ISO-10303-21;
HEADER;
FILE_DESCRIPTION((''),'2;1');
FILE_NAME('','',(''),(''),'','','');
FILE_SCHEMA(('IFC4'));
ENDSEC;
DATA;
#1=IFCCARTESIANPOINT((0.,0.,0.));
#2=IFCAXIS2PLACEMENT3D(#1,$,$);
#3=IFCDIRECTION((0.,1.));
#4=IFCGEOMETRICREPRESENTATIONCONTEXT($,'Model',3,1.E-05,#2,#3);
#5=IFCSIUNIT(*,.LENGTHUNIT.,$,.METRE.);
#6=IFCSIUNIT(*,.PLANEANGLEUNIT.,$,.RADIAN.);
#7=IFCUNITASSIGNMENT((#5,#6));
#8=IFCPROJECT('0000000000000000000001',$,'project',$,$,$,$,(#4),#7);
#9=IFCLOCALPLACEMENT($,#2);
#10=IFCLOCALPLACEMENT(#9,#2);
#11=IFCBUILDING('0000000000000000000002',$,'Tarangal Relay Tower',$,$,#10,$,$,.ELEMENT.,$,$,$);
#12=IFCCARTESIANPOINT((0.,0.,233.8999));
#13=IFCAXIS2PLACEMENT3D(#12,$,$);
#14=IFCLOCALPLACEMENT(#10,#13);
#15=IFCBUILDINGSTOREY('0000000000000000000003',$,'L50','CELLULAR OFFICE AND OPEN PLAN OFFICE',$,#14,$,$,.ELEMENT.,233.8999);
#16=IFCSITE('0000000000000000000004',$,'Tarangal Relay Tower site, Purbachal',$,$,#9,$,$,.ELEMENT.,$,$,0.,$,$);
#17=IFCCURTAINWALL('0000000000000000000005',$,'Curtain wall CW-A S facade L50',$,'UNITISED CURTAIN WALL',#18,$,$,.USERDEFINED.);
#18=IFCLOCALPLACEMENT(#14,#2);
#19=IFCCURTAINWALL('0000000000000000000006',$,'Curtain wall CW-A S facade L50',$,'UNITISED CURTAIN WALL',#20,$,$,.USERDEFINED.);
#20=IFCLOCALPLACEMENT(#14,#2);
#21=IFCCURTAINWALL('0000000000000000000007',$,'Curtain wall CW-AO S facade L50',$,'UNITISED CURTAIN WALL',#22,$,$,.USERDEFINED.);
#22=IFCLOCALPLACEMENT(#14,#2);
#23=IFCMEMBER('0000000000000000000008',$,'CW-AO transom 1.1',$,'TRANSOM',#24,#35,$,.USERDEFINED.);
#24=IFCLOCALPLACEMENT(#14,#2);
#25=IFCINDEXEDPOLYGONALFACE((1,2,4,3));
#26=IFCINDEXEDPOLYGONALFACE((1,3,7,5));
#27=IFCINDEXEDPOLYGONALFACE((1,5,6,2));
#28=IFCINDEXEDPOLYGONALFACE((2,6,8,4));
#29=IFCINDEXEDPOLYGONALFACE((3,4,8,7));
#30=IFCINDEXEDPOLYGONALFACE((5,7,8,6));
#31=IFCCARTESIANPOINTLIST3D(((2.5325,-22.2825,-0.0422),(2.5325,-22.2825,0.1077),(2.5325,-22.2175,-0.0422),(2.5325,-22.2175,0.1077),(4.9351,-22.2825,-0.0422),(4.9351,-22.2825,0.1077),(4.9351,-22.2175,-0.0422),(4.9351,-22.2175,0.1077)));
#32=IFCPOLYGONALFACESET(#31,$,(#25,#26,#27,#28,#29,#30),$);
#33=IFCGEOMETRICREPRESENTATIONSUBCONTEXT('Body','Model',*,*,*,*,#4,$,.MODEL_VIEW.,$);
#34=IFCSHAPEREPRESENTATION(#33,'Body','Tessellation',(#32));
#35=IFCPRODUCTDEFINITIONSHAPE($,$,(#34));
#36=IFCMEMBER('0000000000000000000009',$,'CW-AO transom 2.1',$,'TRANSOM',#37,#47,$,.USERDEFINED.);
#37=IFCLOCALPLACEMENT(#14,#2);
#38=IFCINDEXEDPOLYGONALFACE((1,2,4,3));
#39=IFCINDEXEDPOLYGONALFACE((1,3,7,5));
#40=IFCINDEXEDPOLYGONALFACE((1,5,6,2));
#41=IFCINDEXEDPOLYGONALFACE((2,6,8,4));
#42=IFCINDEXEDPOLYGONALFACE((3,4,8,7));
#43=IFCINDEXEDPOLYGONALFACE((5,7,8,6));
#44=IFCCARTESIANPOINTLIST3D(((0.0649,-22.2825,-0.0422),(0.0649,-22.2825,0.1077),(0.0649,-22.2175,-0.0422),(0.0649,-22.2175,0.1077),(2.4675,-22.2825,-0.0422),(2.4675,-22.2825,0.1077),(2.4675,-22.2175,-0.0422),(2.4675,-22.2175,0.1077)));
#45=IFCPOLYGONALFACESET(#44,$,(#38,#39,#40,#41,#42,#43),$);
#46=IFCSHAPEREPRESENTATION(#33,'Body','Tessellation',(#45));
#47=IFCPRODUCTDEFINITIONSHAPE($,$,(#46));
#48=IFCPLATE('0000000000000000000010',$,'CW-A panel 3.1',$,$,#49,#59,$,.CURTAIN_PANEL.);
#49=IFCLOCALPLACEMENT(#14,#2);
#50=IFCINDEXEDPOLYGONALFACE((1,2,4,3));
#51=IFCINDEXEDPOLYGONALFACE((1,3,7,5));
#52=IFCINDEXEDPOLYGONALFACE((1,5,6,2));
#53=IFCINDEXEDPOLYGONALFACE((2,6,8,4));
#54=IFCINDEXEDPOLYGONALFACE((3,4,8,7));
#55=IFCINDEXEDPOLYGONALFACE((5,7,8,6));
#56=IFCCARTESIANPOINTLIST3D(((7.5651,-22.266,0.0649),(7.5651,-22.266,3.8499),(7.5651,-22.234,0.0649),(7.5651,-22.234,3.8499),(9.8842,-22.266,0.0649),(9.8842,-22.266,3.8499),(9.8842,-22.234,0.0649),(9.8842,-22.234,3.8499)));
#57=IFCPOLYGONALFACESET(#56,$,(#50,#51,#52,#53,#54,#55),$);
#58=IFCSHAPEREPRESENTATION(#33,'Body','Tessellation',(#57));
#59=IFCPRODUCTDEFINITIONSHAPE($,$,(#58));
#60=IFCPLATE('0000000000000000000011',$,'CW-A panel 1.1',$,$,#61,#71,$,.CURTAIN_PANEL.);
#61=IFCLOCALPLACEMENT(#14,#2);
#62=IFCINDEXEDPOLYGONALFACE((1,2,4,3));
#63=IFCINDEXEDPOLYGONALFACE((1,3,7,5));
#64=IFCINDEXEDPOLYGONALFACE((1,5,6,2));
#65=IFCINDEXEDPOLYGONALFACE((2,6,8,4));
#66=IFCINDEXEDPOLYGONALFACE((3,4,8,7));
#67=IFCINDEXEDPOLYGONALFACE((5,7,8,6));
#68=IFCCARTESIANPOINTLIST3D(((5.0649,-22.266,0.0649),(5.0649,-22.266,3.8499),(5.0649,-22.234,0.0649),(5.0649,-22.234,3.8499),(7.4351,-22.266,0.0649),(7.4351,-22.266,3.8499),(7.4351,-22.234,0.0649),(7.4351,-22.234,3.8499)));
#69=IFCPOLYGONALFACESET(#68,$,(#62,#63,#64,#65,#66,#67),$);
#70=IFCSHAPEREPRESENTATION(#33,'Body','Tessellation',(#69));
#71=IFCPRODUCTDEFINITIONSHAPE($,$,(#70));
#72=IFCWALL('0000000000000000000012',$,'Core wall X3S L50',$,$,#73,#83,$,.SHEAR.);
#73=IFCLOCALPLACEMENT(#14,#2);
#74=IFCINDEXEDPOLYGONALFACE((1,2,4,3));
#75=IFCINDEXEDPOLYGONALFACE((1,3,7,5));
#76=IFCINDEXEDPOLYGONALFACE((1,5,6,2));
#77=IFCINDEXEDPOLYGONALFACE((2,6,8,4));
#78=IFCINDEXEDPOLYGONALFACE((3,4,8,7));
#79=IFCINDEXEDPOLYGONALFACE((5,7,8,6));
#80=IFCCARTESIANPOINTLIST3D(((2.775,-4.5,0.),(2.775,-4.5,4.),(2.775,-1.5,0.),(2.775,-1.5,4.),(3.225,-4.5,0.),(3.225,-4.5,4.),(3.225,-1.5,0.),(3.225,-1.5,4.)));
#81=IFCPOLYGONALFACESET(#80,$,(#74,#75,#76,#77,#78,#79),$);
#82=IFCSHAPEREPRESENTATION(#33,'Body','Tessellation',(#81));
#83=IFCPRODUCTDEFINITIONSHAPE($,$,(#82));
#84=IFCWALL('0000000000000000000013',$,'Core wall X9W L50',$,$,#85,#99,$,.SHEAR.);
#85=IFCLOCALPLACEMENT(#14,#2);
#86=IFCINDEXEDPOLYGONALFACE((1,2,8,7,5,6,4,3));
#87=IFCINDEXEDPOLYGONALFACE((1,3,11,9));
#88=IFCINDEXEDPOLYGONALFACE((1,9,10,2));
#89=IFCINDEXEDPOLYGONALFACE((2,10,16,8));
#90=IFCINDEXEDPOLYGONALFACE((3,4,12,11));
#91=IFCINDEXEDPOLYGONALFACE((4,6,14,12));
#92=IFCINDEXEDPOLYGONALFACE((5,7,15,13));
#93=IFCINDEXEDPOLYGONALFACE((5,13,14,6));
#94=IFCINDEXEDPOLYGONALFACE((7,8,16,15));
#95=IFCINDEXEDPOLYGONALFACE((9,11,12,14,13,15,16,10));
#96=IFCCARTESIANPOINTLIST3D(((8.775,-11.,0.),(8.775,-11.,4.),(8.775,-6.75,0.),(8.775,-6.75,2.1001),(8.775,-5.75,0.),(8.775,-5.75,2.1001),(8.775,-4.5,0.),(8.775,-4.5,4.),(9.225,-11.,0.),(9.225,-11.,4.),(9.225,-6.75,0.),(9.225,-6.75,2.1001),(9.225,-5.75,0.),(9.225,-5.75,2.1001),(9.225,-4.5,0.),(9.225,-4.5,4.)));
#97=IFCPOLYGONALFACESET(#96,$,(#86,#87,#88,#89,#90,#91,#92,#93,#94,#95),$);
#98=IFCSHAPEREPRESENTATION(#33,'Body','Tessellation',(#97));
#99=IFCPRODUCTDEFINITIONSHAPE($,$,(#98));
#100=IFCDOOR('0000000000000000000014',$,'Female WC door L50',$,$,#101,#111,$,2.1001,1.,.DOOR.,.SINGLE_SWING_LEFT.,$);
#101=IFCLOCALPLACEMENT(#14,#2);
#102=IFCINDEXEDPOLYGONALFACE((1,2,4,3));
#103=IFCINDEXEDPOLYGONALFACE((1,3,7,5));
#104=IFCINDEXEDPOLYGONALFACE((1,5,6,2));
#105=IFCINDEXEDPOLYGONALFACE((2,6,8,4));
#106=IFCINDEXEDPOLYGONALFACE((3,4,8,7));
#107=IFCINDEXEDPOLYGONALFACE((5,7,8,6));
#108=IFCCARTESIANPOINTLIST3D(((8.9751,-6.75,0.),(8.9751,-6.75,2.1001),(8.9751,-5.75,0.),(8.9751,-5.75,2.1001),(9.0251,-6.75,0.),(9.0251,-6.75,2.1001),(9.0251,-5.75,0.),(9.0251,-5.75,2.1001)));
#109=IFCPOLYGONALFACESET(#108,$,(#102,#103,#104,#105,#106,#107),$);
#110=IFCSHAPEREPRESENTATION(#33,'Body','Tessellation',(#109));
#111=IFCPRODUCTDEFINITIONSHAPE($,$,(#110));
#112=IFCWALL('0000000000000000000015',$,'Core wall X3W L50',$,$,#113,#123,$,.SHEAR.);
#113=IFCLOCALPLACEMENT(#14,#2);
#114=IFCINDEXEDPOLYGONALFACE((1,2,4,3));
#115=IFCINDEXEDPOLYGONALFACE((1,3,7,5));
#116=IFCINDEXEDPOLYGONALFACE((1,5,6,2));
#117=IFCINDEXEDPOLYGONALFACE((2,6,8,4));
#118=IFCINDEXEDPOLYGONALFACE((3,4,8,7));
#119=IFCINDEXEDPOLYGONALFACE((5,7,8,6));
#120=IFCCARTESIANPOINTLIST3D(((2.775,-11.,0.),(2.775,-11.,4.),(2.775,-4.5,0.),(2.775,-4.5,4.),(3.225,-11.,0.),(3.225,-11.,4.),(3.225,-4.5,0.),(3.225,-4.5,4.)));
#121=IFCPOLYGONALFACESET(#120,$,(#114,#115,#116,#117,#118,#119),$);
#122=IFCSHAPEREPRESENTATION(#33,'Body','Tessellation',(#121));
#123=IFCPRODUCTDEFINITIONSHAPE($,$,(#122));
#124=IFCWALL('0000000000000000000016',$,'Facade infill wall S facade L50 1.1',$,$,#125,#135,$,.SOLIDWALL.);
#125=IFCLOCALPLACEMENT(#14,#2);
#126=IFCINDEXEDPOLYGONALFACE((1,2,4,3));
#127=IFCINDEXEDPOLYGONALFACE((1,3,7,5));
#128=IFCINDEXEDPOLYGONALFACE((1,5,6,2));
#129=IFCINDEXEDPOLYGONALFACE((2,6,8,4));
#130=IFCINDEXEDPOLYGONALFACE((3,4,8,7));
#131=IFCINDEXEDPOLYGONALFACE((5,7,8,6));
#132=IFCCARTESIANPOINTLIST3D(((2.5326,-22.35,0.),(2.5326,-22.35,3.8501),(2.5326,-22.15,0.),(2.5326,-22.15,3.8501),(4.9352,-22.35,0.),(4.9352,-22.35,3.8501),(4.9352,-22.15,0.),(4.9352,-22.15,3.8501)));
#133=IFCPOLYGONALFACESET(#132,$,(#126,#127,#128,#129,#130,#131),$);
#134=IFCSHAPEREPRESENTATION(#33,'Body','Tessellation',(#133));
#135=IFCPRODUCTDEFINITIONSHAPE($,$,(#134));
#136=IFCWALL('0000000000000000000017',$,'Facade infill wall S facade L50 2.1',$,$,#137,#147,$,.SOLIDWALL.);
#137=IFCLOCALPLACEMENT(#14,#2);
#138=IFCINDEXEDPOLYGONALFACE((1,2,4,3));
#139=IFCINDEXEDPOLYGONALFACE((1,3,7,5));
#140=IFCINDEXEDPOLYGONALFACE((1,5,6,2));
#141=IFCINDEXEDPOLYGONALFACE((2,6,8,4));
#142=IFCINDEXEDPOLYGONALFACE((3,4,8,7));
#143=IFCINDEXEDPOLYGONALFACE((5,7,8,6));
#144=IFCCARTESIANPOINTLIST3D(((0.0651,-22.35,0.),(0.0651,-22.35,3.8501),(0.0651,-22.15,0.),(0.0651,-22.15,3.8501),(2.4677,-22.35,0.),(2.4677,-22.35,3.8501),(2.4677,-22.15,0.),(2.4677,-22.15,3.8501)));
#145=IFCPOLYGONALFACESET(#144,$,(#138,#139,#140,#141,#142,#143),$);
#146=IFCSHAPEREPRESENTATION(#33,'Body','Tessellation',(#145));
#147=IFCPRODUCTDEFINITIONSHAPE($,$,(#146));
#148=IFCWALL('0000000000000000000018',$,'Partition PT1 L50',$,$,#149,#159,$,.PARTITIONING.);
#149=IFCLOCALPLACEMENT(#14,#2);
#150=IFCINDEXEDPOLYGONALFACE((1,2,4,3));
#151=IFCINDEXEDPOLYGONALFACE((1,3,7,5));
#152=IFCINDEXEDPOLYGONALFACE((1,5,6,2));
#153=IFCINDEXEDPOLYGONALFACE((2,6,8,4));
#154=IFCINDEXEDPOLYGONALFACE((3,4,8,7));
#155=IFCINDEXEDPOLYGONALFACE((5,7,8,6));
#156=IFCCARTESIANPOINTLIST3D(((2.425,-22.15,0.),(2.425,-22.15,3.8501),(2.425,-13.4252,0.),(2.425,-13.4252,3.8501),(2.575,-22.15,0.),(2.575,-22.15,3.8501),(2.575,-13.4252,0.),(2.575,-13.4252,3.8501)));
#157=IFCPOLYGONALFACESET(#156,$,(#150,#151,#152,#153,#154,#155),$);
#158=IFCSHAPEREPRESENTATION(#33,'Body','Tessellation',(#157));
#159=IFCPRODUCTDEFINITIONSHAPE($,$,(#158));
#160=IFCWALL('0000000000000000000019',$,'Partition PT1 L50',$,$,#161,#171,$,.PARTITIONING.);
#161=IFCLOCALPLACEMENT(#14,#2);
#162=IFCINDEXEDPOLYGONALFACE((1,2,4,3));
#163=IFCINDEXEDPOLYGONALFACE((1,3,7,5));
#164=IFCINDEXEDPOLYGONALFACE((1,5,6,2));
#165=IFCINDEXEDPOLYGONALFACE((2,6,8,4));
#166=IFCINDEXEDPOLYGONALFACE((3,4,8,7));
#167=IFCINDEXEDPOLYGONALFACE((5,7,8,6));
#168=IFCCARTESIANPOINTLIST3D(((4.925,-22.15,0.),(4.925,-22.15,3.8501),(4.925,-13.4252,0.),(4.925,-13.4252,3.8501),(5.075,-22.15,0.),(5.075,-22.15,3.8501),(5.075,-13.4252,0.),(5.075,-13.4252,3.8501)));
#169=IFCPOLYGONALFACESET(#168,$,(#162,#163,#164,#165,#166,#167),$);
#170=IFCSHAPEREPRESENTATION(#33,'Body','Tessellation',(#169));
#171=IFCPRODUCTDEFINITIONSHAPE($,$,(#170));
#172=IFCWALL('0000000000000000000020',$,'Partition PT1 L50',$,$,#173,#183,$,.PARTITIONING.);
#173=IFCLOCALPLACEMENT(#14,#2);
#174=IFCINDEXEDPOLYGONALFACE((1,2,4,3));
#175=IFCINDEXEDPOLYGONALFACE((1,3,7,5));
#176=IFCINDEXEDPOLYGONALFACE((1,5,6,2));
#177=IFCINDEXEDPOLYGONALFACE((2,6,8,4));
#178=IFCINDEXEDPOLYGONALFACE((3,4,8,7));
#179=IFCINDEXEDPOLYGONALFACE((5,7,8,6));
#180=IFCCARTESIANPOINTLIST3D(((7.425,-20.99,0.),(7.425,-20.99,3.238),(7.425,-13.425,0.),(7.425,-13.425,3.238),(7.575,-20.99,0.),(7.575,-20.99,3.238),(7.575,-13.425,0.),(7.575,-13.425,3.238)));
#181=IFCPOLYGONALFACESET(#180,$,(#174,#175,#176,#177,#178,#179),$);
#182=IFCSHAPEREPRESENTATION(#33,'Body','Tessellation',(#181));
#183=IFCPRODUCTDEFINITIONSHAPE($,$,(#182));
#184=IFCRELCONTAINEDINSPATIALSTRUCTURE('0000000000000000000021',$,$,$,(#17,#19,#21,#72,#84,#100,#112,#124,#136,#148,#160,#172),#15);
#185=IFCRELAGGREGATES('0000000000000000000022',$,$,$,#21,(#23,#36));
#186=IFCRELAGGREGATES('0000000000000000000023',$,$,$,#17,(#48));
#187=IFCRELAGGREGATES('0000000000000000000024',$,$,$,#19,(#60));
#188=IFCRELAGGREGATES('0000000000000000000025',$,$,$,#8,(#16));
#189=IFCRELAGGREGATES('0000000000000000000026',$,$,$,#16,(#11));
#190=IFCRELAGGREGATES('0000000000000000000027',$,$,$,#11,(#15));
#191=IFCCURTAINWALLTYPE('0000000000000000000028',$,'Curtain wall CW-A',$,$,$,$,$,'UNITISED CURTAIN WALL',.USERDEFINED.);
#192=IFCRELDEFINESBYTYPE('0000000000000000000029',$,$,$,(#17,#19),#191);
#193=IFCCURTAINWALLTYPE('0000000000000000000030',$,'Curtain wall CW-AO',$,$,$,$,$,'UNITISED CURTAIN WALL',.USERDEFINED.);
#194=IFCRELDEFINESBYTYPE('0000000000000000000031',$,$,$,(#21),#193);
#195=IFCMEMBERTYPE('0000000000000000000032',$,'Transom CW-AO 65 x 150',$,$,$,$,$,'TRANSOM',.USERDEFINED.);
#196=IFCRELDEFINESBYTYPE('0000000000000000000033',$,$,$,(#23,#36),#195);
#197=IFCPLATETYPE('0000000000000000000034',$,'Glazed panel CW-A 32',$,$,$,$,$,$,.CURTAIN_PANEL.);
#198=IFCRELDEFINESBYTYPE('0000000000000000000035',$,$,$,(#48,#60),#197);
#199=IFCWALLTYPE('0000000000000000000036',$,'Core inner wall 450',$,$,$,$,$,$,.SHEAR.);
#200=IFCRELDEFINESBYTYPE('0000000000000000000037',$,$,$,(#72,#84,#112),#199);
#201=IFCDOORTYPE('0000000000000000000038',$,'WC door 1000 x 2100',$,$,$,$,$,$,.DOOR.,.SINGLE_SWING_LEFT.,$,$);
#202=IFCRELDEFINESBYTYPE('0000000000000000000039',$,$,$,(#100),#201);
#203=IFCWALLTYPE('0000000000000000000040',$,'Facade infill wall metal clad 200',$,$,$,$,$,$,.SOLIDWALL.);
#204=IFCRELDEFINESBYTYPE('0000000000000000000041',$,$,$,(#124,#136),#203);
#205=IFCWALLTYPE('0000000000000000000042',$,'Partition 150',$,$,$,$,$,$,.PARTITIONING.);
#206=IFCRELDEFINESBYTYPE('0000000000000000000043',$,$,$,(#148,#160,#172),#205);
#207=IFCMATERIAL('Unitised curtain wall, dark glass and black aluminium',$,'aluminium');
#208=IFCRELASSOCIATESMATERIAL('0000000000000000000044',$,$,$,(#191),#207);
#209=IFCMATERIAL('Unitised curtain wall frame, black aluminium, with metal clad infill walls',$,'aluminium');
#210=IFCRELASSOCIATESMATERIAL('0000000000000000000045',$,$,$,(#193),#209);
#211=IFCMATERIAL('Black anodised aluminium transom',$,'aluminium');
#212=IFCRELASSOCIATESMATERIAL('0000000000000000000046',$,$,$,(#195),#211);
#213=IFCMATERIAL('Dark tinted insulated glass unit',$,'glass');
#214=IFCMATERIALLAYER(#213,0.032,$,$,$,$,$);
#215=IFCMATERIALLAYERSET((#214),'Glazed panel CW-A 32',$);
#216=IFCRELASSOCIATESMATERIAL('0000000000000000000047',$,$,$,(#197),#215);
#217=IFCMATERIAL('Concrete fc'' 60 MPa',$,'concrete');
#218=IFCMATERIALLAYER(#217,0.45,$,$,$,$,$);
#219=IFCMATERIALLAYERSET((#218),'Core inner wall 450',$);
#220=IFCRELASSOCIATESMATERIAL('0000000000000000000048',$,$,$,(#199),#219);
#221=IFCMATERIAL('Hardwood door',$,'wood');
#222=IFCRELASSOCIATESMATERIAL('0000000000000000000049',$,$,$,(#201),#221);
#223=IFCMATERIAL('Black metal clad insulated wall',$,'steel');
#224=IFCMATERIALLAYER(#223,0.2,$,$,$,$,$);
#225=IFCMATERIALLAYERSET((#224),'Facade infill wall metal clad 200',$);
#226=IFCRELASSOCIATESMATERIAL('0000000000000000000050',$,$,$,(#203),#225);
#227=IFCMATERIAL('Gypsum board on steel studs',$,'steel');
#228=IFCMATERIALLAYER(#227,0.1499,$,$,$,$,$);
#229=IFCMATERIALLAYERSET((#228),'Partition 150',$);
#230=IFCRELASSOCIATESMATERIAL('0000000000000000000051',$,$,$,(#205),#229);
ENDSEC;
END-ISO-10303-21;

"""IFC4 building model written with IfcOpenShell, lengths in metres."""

from ifc_helpers import new_model, si_unit, direction, frame, frame_2d, origin, origin_2d, place, context, subcontext, project, spatial, rectangle, extrude, material, layer, layer_set, material_profile, profile_set, type_object, element, fill, aggregate, save


model = new_model("IFC4")

# Units and contexts
model_context = context("Model", 3, precision=1e-05, world=origin(), true_north=direction((0.0, 1.0)))
body_context = subcontext(model_context, "Body", "Model", "MODEL_VIEW")
ifc_project = project(units=[si_unit("LENGTHUNIT", "METRE"), si_unit("PLANEANGLEUNIT", "RADIAN")], contexts=[model_context])

# Site, building, storey
site_placement = place(None, origin())
site = spatial("IfcSite", under=ifc_project, at=site_placement, Name="Tarangal Relay Tower site, Purbachal", CompositionType="ELEMENT", RefElevation=0.0)
building_placement = place(site_placement, origin())
building = spatial("IfcBuilding", under=site, at=building_placement, Name="Tarangal Relay Tower", CompositionType="ELEMENT")
storey_placement = place(building_placement, frame((0.0, 0.0, 233.8999)))
storey = spatial("IfcBuildingStorey", under=building, at=storey_placement, Name="L50", Description="CELLULAR OFFICE AND OPEN PLAN OFFICE", CompositionType="ELEMENT", Elevation=233.8999)

# Curtain wall
ifc_material_1 = material(Name="Unitised curtain wall, dark glass and black aluminium", Category="aluminium")
curtain_wall_type_1 = type_object("IfcCurtainWallType", Name="Curtain wall CW-A", ElementType="UNITISED CURTAIN WALL", PredefinedType="USERDEFINED", material=ifc_material_1)
curtain_wall_1_placement = place(storey_placement, origin())
curtain_wall_1 = element("IfcCurtainWall", 1, at=curtain_wall_1_placement, inside=storey, type_object=curtain_wall_type_1, Name="Curtain wall CW-A S facade L50", ObjectType="UNITISED CURTAIN WALL", PredefinedType="USERDEFINED")

# Curtain walls
curtain_wall_2_placement = place(storey_placement, origin())
curtain_wall_2 = element("IfcCurtainWall", 2, at=curtain_wall_2_placement, inside=storey, type_object=curtain_wall_type_1, Name="Curtain wall CW-A S facade L50", ObjectType="UNITISED CURTAIN WALL", PredefinedType="USERDEFINED")
ifc_material_2 = material(Name="Unitised curtain wall frame, black aluminium, with metal clad infill walls", Category="aluminium")
curtain_wall_type_2 = type_object("IfcCurtainWallType", Name="Curtain wall CW-AO", ElementType="UNITISED CURTAIN WALL", PredefinedType="USERDEFINED", material=ifc_material_2)
curtain_wall_3_placement = place(storey_placement, origin())
curtain_wall_3 = element("IfcCurtainWall", 3, at=curtain_wall_3_placement, inside=storey, type_object=curtain_wall_type_2, Name="Curtain wall CW-AO S facade L50", ObjectType="UNITISED CURTAIN WALL", PredefinedType="USERDEFINED")

# Members
ifc_material_3 = material(Name="Black anodised aluminium transom", Category="aluminium")
ifc_material_profile_1 = material_profile(ifc_material_3, rectangle(XDim=0.0649, YDim=0.1499, at=origin_2d()), Name="CW-AOT 65X150")
ifc_profile_set_1 = profile_set([ifc_material_profile_1], Name="Black anodised aluminium transom")
member_type_1 = type_object("IfcMemberType", Name="Transom CW-AO 65 x 150", ElementType="TRANSOM", PredefinedType="USERDEFINED", material=ifc_profile_set_1)
member_1_placement = place(storey_placement, frame((4.9351, -22.25, 0.0327), z_axis=(-1.0, 0.0, 0.0), x_axis=(0.0, -1.0, 0.0)))
member_1 = element("IfcMember", 4, at=member_1_placement, type_object=member_type_1, Name="CW-AO transom 1.1", ObjectType="TRANSOM", PredefinedType="USERDEFINED", context=body_context, shape_type="SweptSolid", body=[
    extrude(rectangle(XDim=0.0649, YDim=0.1499, at=origin_2d()), origin(), (0.0, 0.0, 1.0), 2.4026),
])
member_2_placement = place(storey_placement, frame((2.4675, -22.25, 0.0327), z_axis=(-1.0, 0.0, 0.0), x_axis=(0.0, -1.0, 0.0)))
member_2 = element("IfcMember", 5, at=member_2_placement, type_object=member_type_1, Name="CW-AO transom 2.1", ObjectType="TRANSOM", PredefinedType="USERDEFINED", context=body_context, shape_type="SweptSolid", body=[
    extrude(rectangle(XDim=0.0649, YDim=0.1499, at=origin_2d()), origin(), (0.0, 0.0, 1.0), 2.4026),
])
aggregate(curtain_wall_3, [member_1, member_2])

# Plates
ifc_material_4 = material(Name="Dark tinted insulated glass unit", Category="glass")
ifc_layer_1 = layer(ifc_material_4, 0.032)
ifc_layer_set_1 = layer_set([ifc_layer_1], Name="Glazed panel CW-A 32")
plate_type = type_object("IfcPlateType", Name="Glazed panel CW-A 32", PredefinedType="CURTAIN_PANEL", material=ifc_layer_set_1)
plate_1_placement = place(storey_placement, frame((8.7246, -22.25, 0.0649), z_axis=(0.0, 0.0, 1.0), x_axis=(-1.0, 0.0, 0.0)))
plate_1 = element("IfcPlate", 6, at=plate_1_placement, type_object=plate_type, Name="CW-A panel 3.1", PredefinedType="CURTAIN_PANEL", context=body_context, shape_type="SweptSolid", body=[
    extrude(rectangle(XDim=2.3191, YDim=0.032, at=origin_2d()), origin(), (0.0, 0.0, 1.0), 3.7849),
])
aggregate(curtain_wall_1, [plate_1])
plate_2_placement = place(storey_placement, frame((6.25, -22.25, 0.0649), z_axis=(0.0, 0.0, 1.0), x_axis=(-1.0, 0.0, 0.0)))
plate_2 = element("IfcPlate", 7, at=plate_2_placement, type_object=plate_type, Name="CW-A panel 1.1", PredefinedType="CURTAIN_PANEL", context=body_context, shape_type="SweptSolid", body=[
    extrude(rectangle(XDim=2.3701, YDim=0.032, at=origin_2d()), origin(), (0.0, 0.0, 1.0), 3.7849),
])
aggregate(curtain_wall_2, [plate_2])

# Wall
ifc_material_5 = material(Name="Concrete fc' 60 MPa", Category="concrete")
ifc_layer_2 = layer(ifc_material_5, 0.45)
ifc_layer_set_2 = layer_set([ifc_layer_2], Name="Core inner wall 450")
wall_type_1 = type_object("IfcWallType", Name="Core inner wall 450", PredefinedType="SHEAR", material=ifc_layer_set_2)
wall_1_placement = place(storey_placement, frame((3.0, -4.5, 0.0), z_axis=(0.0, 0.0, 1.0), x_axis=(0.0, 1.0, 0.0)))
element("IfcWall", 8, at=wall_1_placement, inside=storey, type_object=wall_type_1, Name="Core wall X3S L50", PredefinedType="SHEAR", context=body_context, shape_type="SweptSolid", body=[
    extrude(rectangle(XDim=3.0, YDim=0.45, at=frame_2d((1.5, 0.0))), origin(), (0.0, 0.0, 1.0), 4.0),
])

# Wall, opening, door
wall_2_placement = place(storey_placement, frame((9.0, -11.0, 0.0), z_axis=(0.0, 0.0, 1.0), x_axis=(0.0, 1.0, 0.0)))
wall_2 = element("IfcWall", 9, at=wall_2_placement, inside=storey, type_object=wall_type_1, Name="Core wall X9W L50", PredefinedType="SHEAR", context=body_context, shape_type="SweptSolid", body=[
    extrude(rectangle(XDim=6.5, YDim=0.45, at=frame_2d((3.25, 0.0))), origin(), (0.0, 0.0, 1.0), 4.0),
])
opening_1_placement = place(wall_2_placement, frame((4.25, 0.0, 0.0)))
opening_1 = element("IfcOpeningElement", 10, at=opening_1_placement, cuts=wall_2, PredefinedType="OPENING", context=body_context, shape_type="SweptSolid", body=[
    extrude(rectangle(XDim=1.0, YDim=2.1001, at=frame_2d((0.5, 1.05))), frame((0.0, 0.2349, 0.0), z_axis=(0.0, -1.0, 0.0), x_axis=(1.0, 0.0, 0.0)), (0.0, 0.0, 1.0), 0.47),
])
ifc_material_6 = material(Name="Hardwood door", Category="wood")
door_type = type_object("IfcDoorType", Name="WC door 1000 x 2100", OperationType="SINGLE_SWING_LEFT", PredefinedType="DOOR", material=ifc_material_6)
door_1_placement = place(opening_1_placement, origin())
door_1 = element("IfcDoor", 11, at=door_1_placement, inside=storey, type_object=door_type, Name="Female WC door L50", OperationType="SINGLE_SWING_LEFT", OverallHeight=2.1001, OverallWidth=1.0, PredefinedType="DOOR", context=body_context, shape_type="SweptSolid", body=[
    extrude(rectangle(XDim=1.0, YDim=2.1001, at=frame_2d((0.5, 1.05))), frame((0.0, 0.0249, 0.0), z_axis=(0.0, -1.0, 0.0), x_axis=(1.0, 0.0, 0.0)), (0.0, 0.0, 1.0), 0.05),
])
fill(opening_1, door_1)

# Walls
wall_3_placement = place(storey_placement, frame((3.0, -11.0, 0.0), z_axis=(0.0, 0.0, 1.0), x_axis=(0.0, 1.0, 0.0)))
element("IfcWall", 12, at=wall_3_placement, inside=storey, type_object=wall_type_1, Name="Core wall X3W L50", PredefinedType="SHEAR", context=body_context, shape_type="SweptSolid", body=[
    extrude(rectangle(XDim=6.5, YDim=0.45, at=frame_2d((3.25, 0.0))), origin(), (0.0, 0.0, 1.0), 4.0),
])
ifc_material_7 = material(Name="Black metal clad insulated wall", Category="steel")
ifc_layer_3 = layer(ifc_material_7, 0.2)
ifc_layer_set_3 = layer_set([ifc_layer_3], Name="Facade infill wall metal clad 200")
wall_type_2 = type_object("IfcWallType", Name="Facade infill wall metal clad 200", PredefinedType="SOLIDWALL", material=ifc_layer_set_3)
for number, where, z_axis, x_axis, name in (
    (13, (4.9351, -22.25, 0.0), (0.0, 0.0, 1.0), (-1.0, 0.0, 0.0), "Facade infill wall S facade L50 1.1"),
    (14, (2.4675, -22.25, 0.0), (0.0, 0.0, 1.0), (-1.0, 0.0, 0.0), "Facade infill wall S facade L50 2.1"),
):
    element("IfcWall", number, at=place(storey_placement, frame(where, z_axis=z_axis, x_axis=x_axis)), inside=storey, type_object=wall_type_2, Name=name, PredefinedType="SOLIDWALL", context=body_context, shape_type="SweptSolid", body=[
        extrude(rectangle(XDim=2.4026, YDim=0.2, at=frame_2d((1.2012, 0.0))), origin(), (0.0, 0.0, 1.0), 3.8501),
    ])
ifc_material_8 = material(Name="Gypsum board on steel studs", Category="steel")
ifc_layer_4 = layer(ifc_material_8, 0.1499)
ifc_layer_set_4 = layer_set([ifc_layer_4], Name="Partition 150")
wall_type_3 = type_object("IfcWallType", Name="Partition 150", PredefinedType="PARTITIONING", material=ifc_layer_set_4)
for number, where, z_axis, x_axis, name in (
    (15, (2.5, -22.1499, 0.0), (0.0, 0.0, 1.0), (0.0, 1.0, 0.0), "Partition PT1 L50"),
    (16, (5.0, -22.1499, 0.0), (0.0, 0.0, 1.0), (0.0, 1.0, 0.0), "Partition PT1 L50"),
):
    element("IfcWall", number, at=place(storey_placement, frame(where, z_axis=z_axis, x_axis=x_axis)), inside=storey, type_object=wall_type_3, Name=name, PredefinedType="PARTITIONING", context=body_context, shape_type="SweptSolid", body=[
        extrude(rectangle(XDim=8.7249, YDim=0.1499, at=frame_2d((4.3623, 0.0))), origin(), (0.0, 0.0, 1.0), 3.8501),
    ])
wall_4_placement = place(storey_placement, frame((7.5, -20.99, 0.0), z_axis=(0.0, 0.0, 1.0), x_axis=(0.0, 1.0, 0.0)))
element("IfcWall", 17, at=wall_4_placement, inside=storey, type_object=wall_type_3, Name="Partition PT1 L50", PredefinedType="PARTITIONING", context=body_context, shape_type="SweptSolid", body=[
    extrude(rectangle(XDim=7.5649, YDim=0.1499, at=frame_2d((3.7825, 0.0))), origin(), (0.0, 0.0, 1.0), 3.238),
])

save(model, "model.ifc")
